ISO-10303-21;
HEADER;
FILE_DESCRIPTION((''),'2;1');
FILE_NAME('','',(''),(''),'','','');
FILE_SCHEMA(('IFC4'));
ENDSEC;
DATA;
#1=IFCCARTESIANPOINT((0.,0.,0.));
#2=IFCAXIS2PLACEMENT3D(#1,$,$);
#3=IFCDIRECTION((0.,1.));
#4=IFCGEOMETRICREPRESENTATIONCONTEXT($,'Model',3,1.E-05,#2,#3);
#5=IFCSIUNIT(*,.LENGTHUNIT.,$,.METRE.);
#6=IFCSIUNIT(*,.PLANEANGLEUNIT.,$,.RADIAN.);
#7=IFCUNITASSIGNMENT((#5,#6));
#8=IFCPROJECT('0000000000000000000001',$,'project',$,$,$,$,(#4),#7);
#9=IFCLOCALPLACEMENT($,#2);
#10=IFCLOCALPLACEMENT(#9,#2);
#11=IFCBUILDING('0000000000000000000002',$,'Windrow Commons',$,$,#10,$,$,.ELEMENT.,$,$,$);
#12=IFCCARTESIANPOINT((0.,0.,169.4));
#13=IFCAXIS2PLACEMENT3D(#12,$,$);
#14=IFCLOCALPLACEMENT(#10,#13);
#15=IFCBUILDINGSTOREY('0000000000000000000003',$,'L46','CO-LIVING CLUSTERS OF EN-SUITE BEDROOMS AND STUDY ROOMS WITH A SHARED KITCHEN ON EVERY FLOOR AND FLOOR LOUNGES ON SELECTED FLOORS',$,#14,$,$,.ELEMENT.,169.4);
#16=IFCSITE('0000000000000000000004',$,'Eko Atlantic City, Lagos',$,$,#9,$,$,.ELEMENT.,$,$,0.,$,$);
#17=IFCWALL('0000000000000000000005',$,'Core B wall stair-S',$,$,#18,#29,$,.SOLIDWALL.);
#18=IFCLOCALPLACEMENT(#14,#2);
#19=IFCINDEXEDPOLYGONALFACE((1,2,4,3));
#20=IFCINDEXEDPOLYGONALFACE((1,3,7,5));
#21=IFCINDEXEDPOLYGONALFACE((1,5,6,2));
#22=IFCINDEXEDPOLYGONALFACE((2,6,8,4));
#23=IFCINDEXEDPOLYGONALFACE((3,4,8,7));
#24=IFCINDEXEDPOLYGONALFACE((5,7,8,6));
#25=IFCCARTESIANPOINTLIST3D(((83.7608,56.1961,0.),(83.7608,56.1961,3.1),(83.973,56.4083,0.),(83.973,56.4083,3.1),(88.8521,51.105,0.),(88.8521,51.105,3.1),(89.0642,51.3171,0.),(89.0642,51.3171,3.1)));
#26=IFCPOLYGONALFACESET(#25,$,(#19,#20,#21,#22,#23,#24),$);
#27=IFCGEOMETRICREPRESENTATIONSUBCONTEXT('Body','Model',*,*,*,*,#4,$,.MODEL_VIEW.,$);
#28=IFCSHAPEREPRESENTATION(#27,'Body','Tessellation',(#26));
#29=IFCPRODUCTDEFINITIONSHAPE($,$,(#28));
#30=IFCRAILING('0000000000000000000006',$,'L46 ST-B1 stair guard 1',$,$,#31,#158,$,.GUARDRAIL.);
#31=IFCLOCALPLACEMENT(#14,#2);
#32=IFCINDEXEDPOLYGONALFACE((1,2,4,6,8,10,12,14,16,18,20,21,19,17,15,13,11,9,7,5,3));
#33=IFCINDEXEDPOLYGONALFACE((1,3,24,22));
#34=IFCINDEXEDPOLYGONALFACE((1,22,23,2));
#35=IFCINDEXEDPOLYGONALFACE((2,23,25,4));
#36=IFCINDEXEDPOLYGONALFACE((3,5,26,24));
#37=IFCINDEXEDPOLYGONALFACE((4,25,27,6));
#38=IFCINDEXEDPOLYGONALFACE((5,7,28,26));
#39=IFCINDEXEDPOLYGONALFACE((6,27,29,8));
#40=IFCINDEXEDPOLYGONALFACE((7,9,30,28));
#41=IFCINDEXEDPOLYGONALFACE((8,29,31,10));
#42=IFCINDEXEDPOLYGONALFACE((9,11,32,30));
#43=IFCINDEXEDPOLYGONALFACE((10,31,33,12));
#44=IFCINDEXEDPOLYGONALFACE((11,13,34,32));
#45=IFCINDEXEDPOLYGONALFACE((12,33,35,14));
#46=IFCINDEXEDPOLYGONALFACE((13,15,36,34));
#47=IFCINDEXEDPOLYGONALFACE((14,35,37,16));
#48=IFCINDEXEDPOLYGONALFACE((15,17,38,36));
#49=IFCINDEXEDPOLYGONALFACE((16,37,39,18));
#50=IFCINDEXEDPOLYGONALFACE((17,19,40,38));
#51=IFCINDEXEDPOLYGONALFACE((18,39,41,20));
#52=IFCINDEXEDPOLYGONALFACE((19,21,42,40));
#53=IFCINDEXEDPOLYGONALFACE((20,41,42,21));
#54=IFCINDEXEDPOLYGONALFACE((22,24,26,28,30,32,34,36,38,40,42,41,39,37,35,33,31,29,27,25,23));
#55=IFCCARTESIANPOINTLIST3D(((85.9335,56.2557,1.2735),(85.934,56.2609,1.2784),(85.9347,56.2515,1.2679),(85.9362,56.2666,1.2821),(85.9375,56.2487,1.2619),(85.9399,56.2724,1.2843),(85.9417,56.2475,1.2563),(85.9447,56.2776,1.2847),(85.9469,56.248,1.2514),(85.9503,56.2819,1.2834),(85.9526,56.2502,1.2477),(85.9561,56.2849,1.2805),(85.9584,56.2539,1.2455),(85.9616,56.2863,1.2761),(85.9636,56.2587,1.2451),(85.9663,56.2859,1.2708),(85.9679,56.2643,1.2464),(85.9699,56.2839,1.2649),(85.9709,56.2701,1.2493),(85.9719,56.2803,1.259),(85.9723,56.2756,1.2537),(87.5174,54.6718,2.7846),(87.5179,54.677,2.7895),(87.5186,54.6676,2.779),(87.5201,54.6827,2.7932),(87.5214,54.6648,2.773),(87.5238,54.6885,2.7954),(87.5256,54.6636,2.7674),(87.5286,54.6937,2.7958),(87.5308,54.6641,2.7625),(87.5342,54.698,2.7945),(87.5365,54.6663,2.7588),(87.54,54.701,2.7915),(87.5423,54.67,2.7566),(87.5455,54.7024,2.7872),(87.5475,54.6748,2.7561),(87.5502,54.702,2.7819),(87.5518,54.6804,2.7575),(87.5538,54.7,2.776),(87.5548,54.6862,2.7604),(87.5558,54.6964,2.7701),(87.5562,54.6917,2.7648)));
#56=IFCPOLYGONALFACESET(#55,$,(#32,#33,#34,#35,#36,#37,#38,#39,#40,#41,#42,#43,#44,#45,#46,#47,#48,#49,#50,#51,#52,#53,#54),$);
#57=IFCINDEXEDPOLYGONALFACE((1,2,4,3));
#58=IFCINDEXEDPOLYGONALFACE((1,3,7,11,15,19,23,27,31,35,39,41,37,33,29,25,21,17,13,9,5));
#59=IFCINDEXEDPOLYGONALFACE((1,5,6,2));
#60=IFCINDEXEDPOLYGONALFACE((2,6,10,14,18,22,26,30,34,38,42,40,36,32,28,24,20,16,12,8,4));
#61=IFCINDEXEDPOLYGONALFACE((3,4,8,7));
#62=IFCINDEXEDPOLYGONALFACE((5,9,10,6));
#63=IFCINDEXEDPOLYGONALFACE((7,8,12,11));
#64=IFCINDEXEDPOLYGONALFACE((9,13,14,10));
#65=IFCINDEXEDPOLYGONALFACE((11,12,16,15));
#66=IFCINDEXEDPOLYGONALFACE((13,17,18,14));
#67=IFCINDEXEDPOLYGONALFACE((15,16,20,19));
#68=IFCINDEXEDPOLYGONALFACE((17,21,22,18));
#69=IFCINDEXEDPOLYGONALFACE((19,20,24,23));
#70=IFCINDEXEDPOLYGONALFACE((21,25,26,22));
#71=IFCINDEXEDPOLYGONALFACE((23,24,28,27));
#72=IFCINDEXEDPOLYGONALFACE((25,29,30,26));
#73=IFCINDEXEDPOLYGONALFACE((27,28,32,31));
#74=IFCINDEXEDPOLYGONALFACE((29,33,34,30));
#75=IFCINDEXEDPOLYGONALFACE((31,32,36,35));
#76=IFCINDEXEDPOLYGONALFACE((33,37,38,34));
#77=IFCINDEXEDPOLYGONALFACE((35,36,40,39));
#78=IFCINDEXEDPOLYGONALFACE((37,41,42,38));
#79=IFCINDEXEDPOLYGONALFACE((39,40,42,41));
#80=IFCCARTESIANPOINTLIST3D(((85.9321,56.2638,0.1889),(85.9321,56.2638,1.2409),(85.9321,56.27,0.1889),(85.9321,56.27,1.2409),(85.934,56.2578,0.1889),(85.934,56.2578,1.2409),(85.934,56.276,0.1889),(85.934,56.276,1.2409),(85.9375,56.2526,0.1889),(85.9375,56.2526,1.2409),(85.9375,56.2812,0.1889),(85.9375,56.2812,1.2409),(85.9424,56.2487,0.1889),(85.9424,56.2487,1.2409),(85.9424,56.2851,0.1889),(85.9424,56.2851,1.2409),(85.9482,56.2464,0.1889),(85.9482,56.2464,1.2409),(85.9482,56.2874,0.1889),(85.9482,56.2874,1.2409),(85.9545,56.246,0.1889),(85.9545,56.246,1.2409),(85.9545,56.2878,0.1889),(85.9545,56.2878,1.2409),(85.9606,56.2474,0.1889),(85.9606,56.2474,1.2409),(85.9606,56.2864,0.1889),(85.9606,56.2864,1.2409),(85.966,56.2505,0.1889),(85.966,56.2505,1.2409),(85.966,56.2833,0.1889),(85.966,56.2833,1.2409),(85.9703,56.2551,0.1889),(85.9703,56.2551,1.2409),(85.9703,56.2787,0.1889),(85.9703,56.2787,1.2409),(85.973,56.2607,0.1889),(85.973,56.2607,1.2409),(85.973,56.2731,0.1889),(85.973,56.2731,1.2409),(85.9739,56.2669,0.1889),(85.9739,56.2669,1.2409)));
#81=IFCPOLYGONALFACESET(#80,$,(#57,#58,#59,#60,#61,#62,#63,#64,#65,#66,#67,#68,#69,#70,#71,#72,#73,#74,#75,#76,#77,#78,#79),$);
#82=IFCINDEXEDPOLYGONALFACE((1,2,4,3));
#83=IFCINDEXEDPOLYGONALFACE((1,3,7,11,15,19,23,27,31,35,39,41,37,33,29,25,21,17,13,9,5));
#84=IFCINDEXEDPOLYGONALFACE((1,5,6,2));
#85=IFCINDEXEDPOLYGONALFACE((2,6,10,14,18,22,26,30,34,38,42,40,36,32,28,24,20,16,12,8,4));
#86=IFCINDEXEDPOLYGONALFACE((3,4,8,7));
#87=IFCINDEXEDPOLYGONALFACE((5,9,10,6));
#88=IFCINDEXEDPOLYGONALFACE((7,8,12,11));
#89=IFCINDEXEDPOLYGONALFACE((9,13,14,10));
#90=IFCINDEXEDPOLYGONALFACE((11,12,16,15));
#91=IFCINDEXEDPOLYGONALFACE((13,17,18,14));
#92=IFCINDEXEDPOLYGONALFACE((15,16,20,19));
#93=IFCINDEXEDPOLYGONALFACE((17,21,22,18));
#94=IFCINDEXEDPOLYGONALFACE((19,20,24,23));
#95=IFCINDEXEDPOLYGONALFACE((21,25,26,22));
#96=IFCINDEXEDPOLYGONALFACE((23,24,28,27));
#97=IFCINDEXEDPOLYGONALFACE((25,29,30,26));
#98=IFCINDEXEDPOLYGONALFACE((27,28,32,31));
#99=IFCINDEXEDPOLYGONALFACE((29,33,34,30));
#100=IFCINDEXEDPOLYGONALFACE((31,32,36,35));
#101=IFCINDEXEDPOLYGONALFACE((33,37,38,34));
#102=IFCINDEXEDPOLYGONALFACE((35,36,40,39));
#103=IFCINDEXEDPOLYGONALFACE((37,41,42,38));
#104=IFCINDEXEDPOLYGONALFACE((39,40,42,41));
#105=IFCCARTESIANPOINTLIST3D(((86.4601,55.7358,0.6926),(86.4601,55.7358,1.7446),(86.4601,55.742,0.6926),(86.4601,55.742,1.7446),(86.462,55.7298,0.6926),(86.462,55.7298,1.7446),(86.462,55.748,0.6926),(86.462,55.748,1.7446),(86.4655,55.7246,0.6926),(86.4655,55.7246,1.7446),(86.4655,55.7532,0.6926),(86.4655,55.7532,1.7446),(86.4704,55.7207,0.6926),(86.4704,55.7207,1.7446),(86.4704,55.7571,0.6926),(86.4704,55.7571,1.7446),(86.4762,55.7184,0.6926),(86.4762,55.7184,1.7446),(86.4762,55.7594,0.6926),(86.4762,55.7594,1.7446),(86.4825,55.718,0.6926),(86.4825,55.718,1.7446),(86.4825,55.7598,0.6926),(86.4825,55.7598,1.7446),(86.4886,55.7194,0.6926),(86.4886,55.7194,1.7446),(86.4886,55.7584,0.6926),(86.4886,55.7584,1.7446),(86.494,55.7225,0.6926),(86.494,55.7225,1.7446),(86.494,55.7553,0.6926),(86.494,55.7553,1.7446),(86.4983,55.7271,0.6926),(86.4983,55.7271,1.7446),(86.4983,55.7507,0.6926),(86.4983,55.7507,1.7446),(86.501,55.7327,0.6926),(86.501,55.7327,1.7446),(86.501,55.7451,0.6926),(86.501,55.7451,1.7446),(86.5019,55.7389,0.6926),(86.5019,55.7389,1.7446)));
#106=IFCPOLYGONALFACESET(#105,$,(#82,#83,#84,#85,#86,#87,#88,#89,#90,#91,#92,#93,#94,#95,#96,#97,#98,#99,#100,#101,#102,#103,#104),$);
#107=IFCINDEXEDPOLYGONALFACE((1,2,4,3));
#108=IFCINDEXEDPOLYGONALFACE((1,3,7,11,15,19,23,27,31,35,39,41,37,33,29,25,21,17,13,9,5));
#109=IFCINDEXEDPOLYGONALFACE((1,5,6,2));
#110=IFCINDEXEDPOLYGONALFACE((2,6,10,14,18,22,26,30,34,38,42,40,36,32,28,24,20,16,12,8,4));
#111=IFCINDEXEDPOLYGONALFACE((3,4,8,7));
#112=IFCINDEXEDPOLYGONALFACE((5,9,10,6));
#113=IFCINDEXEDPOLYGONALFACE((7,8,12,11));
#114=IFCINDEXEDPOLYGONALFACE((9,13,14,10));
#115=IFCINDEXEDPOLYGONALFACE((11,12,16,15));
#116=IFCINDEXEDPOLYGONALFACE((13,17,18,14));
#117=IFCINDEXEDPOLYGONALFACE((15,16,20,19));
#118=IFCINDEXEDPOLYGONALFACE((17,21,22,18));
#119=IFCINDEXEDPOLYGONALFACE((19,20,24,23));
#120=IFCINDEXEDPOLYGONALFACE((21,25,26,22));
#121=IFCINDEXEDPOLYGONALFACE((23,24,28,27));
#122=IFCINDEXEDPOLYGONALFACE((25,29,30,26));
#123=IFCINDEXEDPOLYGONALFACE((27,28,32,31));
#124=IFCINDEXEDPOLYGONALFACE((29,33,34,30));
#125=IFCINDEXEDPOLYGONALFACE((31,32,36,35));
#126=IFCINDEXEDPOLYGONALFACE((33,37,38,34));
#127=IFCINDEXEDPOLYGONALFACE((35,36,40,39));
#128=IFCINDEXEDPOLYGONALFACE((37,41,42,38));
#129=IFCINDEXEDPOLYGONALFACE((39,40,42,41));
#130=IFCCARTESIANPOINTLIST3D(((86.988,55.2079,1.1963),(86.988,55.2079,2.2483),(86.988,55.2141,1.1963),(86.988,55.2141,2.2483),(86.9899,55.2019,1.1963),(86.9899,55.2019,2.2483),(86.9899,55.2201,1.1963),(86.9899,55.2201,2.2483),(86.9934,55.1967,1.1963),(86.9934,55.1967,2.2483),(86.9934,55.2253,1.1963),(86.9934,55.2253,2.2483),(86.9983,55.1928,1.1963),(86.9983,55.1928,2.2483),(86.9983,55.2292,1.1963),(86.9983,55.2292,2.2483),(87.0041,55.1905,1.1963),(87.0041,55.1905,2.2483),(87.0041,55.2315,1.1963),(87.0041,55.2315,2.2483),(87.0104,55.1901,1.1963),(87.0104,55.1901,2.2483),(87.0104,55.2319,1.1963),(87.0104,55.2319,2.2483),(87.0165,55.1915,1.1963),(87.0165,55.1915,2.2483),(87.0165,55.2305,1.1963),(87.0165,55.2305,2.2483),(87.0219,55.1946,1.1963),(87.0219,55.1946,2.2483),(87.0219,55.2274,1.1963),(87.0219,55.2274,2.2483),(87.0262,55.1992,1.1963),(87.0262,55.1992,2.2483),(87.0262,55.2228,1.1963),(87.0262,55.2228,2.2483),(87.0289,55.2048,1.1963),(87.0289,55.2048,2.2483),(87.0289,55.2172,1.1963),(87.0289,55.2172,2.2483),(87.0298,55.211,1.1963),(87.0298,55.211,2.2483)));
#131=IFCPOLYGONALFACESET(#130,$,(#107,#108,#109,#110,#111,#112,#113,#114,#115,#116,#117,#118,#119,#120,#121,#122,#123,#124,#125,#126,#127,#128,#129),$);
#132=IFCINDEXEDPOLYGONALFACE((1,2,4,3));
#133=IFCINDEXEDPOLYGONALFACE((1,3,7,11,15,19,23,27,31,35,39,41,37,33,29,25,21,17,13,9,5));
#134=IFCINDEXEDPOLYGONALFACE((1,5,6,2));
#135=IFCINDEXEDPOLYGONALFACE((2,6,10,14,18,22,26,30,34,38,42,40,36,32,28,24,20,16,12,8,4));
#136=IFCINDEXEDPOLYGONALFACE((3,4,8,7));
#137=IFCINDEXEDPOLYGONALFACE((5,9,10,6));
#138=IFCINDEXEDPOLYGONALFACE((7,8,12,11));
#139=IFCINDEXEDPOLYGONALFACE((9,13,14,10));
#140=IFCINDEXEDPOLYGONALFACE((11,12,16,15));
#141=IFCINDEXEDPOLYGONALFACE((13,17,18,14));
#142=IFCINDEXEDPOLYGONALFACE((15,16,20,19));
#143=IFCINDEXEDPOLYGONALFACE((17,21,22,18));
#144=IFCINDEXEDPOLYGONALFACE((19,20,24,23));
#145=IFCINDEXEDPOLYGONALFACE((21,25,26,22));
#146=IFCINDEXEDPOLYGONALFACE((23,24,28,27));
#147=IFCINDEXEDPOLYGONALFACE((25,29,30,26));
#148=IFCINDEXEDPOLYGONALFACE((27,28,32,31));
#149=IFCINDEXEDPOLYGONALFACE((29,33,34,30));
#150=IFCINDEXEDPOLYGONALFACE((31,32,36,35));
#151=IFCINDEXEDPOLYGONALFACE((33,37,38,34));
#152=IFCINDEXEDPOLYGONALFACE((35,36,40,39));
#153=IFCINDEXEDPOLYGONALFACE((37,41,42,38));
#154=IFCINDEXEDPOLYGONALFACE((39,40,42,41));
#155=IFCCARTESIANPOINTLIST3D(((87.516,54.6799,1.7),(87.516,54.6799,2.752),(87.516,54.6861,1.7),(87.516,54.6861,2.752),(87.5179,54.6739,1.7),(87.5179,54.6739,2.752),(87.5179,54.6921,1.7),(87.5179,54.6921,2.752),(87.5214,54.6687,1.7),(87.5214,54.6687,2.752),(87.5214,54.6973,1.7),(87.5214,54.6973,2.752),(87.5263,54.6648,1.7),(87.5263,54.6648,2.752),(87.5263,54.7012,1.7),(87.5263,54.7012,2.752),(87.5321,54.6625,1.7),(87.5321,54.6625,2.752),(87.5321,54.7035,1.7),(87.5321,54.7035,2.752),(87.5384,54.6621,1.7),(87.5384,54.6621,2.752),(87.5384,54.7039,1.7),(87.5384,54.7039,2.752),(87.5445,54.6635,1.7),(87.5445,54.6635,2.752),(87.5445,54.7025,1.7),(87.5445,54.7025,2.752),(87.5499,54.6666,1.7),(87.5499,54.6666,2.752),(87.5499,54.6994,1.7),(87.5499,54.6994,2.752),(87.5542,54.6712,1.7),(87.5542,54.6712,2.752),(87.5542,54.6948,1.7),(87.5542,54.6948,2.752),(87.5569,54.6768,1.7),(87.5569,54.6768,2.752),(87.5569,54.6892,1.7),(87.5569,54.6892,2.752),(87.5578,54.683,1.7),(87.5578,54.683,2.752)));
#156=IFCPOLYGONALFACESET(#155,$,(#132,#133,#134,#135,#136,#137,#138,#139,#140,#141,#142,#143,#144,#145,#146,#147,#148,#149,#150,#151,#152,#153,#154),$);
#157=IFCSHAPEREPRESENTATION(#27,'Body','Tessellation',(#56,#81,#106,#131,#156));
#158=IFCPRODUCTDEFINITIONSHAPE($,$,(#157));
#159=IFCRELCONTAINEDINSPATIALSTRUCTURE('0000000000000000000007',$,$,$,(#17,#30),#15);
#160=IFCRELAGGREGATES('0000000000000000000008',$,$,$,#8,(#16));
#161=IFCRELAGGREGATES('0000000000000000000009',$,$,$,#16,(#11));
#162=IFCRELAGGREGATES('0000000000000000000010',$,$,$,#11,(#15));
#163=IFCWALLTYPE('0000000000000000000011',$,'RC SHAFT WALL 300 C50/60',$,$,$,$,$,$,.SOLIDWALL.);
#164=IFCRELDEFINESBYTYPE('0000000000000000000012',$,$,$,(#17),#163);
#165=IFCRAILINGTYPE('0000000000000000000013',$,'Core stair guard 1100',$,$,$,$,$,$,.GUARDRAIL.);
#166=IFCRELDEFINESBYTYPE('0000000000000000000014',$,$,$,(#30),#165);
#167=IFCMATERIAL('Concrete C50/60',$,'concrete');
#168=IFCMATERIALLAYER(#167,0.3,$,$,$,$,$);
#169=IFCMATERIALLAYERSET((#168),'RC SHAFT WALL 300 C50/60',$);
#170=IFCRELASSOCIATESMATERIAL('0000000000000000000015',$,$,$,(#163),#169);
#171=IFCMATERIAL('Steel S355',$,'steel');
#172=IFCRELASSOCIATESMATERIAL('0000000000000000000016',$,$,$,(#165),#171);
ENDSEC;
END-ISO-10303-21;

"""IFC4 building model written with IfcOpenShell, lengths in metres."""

from ifc_helpers import new_model, si_unit, direction, frame, frame_2d, origin, origin_2d, place, context, subcontext, project, spatial, rectangle, circle, extrude, material, layer, layer_set, type_object, element, save


model = new_model("IFC4")

# Units and contexts
model_context = context("Model", 3, precision=1e-05, world=origin(), true_north=direction((0.0, 1.0)))
body_context = subcontext(model_context, "Body", "Model", "MODEL_VIEW")
ifc_project = project(units=[si_unit("LENGTHUNIT", "METRE"), si_unit("PLANEANGLEUNIT", "RADIAN")], contexts=[model_context])

# Site, building, storey
site_placement = place(None, origin())
site = spatial("IfcSite", under=ifc_project, at=site_placement, Name="Eko Atlantic City, Lagos", CompositionType="ELEMENT", RefElevation=0.0)
building_placement = place(site_placement, origin())
building = spatial("IfcBuilding", under=site, at=building_placement, Name="Windrow Commons", CompositionType="ELEMENT")
storey_placement = place(building_placement, frame((0.0, 0.0, 169.4)))
storey = spatial("IfcBuildingStorey", under=building, at=storey_placement, Name="L46", Description="CO-LIVING CLUSTERS OF EN-SUITE BEDROOMS AND STUDY ROOMS WITH A SHARED KITCHEN ON EVERY FLOOR AND FLOOR LOUNGES ON SELECTED FLOORS", CompositionType="ELEMENT", Elevation=169.4)

# Wall
ifc_material_1 = material(Name="Concrete C50/60", Category="concrete")
ifc_layer_1 = layer(ifc_material_1, 0.3)
ifc_layer_set_1 = layer_set([ifc_layer_1], Name="RC SHAFT WALL 300 C50/60")
wall_type_1 = type_object("IfcWallType", Name="RC SHAFT WALL 300 C50/60", PredefinedType="SOLIDWALL", material=ifc_layer_set_1)
wall_1_placement = place(storey_placement, frame((83.8669, 56.3022, 0.0), z_axis=(0.0, 0.0, 1.0), x_axis=(0.707114, -0.7071, 0.0)))
element("IfcWall", 1, at=wall_1_placement, inside=storey, type_object=wall_type_1, Name="Core B wall stair-S", PredefinedType="SOLIDWALL", context=body_context, shape_type="SweptSolid", body=[
    extrude(rectangle(XDim=7.2, YDim=0.3, at=frame_2d((3.6, 0.0))), origin(), (0.0, 0.0, 1.0), 3.1),
])

# Railing
ifc_material_2 = material(Name="Steel S355", Category="steel")
railing_type = type_object("IfcRailingType", Name="Core stair guard 1100", PredefinedType="GUARDRAIL", material=ifc_material_2)
railing_1_placement = place(storey_placement, frame((85.9529, 56.2669, 0.1889)))
element("IfcRailing", 2, at=railing_1_placement, inside=storey, type_object=railing_type, Name="L46 ST-B1 stair guard 1", PredefinedType="GUARDRAIL", context=body_context, shape_type="SweptSolid", body=[
    extrude(circle(Radius=0.024, at=origin_2d()), frame((0.0, 0.0, 1.076), z_axis=(0.586191, -0.586191, 0.559249), x_axis=(0.707107, 0.707107, 0.0)), (0.0, 0.0, 1.0), 2.702),
    extrude(circle(Radius=0.021, at=origin_2d()), origin(), (0.0, 0.0, 1.0), 1.052),
    extrude(circle(Radius=0.021, at=origin_2d()), frame((0.528, -0.528, 0.5037)), (0.0, 0.0, 1.0), 1.052),
    extrude(circle(Radius=0.021, at=origin_2d()), frame((1.0559, -1.0559, 1.0074)), (0.0, 0.0, 1.0), 1.052),
    extrude(circle(Radius=0.021, at=origin_2d()), frame((1.5839, -1.5839, 1.5111)), (0.0, 0.0, 1.0), 1.052),
])

save(model, "model.ifc")
